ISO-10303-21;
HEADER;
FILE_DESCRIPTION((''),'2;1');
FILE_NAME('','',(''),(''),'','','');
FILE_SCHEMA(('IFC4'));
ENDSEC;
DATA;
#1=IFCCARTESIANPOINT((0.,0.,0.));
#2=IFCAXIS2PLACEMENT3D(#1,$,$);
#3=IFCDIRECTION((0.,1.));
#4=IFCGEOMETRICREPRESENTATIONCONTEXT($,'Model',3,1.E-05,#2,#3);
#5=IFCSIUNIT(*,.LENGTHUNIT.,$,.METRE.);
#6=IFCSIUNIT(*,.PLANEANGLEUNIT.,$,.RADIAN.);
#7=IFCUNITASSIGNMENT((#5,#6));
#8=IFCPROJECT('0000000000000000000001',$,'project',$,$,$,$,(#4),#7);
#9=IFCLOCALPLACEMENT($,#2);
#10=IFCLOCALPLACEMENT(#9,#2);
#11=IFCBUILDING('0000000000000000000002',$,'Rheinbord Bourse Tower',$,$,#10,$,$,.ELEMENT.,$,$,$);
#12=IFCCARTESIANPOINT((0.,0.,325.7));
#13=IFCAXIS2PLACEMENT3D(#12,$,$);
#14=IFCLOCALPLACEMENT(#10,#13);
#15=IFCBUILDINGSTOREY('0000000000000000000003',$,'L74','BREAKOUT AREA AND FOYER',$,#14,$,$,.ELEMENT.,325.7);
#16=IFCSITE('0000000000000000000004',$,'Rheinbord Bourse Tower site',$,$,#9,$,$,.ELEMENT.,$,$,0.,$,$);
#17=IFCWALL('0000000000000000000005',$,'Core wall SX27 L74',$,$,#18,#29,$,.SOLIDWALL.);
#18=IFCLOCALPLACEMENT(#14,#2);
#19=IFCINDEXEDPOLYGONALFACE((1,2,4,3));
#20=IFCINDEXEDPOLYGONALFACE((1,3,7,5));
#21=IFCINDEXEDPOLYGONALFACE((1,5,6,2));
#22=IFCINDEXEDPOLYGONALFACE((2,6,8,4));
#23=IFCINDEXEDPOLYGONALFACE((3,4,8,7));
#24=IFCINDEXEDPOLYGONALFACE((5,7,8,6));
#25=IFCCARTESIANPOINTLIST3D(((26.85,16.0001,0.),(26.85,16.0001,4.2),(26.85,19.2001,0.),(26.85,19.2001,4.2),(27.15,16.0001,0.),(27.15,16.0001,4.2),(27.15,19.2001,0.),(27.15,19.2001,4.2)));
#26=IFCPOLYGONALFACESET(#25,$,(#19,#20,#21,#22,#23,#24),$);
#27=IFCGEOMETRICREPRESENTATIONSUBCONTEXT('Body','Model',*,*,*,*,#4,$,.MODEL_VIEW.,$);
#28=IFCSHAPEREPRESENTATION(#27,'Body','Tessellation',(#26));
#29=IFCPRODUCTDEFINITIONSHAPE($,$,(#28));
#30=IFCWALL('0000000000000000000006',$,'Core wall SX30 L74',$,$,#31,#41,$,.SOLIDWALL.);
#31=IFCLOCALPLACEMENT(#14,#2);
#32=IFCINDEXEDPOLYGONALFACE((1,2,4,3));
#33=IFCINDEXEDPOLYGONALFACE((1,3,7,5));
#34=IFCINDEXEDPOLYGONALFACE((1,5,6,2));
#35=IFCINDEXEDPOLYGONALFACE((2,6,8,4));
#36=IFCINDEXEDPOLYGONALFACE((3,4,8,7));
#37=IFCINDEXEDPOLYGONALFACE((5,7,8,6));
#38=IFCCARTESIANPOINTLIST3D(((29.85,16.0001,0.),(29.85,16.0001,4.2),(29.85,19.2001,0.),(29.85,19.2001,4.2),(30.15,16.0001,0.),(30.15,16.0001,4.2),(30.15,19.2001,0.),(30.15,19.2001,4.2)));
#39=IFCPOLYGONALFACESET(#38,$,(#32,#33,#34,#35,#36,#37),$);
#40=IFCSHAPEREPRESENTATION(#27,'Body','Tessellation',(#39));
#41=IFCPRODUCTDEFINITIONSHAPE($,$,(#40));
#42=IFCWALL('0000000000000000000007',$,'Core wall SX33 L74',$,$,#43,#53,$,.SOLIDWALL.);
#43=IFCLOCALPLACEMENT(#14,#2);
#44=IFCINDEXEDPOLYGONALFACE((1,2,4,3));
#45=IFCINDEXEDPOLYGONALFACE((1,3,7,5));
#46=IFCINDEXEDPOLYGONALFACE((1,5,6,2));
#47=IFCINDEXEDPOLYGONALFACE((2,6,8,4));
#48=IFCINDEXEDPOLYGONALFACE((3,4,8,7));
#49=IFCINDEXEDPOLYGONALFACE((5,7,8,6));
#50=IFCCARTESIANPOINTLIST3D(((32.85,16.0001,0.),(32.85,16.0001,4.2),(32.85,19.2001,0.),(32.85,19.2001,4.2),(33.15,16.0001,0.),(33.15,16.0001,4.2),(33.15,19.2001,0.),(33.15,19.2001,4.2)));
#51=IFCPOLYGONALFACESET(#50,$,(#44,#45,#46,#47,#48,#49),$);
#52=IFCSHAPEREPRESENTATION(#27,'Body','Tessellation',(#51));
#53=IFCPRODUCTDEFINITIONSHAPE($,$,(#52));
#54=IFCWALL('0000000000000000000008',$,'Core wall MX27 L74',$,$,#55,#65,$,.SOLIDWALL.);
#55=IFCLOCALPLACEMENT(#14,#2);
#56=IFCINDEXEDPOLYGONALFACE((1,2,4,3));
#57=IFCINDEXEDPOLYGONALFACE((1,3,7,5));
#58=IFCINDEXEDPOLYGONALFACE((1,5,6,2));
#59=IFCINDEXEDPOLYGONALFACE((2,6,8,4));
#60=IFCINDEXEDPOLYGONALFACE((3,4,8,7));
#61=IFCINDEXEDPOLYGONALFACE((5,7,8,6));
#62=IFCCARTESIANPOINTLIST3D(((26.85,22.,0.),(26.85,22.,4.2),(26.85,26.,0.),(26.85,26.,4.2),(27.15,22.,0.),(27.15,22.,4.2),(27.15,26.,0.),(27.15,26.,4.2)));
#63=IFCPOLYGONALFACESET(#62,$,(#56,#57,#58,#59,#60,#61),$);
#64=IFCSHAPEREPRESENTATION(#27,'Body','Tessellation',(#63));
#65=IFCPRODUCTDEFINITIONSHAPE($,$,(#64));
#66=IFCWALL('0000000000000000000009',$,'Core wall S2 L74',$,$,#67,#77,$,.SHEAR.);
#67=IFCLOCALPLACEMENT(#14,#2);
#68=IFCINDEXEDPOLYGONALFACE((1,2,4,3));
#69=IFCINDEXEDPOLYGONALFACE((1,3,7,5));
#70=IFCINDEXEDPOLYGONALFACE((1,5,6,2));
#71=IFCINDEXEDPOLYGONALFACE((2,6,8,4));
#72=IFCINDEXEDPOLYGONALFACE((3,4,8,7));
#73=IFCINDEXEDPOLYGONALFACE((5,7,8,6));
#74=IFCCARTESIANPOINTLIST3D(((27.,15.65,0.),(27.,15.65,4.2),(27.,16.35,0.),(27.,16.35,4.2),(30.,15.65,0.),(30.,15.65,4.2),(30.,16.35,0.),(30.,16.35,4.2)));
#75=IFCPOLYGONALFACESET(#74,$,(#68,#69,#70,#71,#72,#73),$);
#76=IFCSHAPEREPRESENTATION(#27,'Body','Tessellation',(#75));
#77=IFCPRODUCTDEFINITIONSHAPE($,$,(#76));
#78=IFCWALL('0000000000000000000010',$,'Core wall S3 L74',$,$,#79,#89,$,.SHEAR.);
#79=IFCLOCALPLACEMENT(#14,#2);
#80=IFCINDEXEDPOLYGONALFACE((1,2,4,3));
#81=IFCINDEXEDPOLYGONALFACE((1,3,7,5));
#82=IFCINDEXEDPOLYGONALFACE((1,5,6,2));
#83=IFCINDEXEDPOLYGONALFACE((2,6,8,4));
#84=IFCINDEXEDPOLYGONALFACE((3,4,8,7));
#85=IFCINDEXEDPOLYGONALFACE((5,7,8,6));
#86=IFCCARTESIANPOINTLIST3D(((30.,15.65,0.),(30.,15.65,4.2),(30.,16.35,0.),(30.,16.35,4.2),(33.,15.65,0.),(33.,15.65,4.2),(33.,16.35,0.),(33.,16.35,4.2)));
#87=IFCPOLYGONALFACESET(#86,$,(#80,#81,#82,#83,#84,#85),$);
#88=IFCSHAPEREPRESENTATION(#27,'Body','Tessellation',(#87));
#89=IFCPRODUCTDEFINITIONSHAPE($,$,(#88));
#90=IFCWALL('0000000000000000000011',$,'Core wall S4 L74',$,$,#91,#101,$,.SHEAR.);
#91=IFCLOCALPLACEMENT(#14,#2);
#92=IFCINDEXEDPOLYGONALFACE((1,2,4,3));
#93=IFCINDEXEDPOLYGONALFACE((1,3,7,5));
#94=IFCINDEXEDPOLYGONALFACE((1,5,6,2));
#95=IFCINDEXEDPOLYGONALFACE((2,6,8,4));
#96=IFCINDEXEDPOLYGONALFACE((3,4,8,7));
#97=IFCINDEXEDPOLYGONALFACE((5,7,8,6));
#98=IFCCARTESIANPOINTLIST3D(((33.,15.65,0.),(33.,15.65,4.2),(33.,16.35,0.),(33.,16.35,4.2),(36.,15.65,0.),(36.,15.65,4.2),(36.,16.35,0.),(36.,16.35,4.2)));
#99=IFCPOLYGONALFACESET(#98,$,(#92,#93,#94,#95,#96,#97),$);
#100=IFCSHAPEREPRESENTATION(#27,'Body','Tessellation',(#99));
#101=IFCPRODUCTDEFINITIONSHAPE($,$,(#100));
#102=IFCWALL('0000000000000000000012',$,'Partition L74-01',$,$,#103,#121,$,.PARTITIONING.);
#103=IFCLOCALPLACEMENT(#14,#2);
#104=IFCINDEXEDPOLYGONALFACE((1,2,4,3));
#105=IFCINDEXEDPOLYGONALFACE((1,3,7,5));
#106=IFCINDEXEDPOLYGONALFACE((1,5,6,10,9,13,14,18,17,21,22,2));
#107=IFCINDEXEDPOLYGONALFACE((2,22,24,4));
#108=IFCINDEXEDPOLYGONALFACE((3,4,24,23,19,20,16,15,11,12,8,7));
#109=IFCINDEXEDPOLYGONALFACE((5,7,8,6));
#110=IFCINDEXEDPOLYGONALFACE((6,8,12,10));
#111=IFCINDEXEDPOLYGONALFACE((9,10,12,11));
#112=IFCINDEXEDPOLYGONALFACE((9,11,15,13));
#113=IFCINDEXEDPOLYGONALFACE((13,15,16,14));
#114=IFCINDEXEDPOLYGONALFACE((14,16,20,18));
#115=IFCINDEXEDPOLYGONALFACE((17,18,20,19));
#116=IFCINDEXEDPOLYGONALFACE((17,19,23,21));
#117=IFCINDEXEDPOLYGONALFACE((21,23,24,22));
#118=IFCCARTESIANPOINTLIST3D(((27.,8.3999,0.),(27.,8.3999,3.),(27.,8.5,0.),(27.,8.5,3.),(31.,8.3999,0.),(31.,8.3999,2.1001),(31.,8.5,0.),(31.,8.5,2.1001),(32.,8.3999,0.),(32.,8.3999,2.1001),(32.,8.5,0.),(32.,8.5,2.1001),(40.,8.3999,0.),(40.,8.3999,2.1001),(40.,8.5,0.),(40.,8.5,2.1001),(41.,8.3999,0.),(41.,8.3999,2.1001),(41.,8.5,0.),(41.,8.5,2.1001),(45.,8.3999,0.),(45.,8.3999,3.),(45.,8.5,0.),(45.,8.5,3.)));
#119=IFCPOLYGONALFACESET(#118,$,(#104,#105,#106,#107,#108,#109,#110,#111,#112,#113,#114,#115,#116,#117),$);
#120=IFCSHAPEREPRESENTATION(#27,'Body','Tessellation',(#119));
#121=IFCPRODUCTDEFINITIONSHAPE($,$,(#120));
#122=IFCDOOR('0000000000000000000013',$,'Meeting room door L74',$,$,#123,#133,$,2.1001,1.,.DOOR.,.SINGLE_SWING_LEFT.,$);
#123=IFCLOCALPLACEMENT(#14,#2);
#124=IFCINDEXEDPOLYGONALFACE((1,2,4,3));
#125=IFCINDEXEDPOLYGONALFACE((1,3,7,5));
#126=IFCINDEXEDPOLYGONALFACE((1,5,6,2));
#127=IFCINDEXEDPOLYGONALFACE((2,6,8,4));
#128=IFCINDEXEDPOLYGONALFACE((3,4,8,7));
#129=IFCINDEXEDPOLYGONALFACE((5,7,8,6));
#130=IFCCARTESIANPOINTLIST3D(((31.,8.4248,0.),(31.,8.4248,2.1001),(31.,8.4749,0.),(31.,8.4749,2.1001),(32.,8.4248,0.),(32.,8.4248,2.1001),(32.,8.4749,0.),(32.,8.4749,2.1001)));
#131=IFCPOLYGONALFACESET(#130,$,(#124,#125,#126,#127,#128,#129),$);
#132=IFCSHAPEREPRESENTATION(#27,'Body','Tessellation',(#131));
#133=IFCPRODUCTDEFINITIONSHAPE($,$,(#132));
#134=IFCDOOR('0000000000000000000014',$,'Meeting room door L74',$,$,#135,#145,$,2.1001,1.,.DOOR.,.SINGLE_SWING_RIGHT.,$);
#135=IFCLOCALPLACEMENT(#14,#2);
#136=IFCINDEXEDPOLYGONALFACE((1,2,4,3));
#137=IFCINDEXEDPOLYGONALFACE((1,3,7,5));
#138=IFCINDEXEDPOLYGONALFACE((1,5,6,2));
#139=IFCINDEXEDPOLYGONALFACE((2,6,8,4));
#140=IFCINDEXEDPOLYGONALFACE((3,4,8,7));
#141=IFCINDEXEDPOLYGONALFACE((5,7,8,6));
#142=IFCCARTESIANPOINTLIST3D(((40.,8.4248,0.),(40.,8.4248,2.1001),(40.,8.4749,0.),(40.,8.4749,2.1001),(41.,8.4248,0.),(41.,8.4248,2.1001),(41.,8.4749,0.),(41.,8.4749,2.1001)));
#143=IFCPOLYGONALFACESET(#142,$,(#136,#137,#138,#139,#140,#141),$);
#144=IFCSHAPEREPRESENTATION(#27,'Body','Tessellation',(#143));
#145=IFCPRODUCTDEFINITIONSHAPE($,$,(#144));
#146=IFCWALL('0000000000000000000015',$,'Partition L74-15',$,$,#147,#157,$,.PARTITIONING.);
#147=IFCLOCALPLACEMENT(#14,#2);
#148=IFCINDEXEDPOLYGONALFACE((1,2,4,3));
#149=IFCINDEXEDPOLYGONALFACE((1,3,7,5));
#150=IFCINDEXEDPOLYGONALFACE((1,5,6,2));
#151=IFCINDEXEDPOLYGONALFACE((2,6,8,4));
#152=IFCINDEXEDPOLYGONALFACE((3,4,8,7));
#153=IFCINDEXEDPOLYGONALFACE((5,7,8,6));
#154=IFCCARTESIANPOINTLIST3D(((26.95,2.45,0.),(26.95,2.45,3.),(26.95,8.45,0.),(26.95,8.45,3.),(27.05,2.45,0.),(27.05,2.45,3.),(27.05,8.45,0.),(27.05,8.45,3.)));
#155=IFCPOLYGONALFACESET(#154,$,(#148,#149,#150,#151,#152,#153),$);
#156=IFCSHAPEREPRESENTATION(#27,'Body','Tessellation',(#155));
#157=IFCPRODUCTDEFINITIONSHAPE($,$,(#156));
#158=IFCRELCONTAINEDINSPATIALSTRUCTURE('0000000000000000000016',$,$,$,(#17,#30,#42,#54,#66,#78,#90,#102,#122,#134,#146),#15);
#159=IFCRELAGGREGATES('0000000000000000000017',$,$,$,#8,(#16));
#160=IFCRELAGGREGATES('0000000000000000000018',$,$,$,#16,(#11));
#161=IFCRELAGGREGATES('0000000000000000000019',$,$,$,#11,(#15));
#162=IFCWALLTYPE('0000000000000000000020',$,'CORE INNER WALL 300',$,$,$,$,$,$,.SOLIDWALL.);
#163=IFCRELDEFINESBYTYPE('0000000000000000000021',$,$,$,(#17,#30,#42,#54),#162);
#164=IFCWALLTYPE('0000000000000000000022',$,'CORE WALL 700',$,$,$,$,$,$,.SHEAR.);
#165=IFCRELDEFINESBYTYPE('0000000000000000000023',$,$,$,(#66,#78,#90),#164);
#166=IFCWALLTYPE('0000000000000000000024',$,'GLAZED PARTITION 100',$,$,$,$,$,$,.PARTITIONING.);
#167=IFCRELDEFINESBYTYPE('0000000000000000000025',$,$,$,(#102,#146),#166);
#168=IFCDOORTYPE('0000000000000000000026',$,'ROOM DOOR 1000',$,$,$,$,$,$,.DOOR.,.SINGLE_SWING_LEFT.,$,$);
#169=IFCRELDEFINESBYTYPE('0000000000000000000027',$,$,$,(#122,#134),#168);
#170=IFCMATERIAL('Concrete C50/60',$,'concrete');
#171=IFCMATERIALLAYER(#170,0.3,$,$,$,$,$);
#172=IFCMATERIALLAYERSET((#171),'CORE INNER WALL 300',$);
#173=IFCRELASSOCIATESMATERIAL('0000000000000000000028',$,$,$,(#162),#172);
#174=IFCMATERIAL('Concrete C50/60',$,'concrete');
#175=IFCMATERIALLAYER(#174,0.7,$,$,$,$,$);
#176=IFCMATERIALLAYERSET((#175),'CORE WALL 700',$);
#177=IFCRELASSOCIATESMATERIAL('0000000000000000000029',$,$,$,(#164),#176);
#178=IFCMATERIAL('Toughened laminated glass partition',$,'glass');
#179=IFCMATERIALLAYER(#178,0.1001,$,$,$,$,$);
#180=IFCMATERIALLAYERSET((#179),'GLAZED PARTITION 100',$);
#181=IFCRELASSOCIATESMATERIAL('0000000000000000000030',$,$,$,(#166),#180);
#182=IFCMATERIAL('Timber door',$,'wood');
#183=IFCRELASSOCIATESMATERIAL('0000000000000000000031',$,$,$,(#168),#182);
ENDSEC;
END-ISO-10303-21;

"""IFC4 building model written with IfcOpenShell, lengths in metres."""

from ifc_helpers import new_model, si_unit, direction, frame, frame_2d, origin, place, context, subcontext, project, spatial, rectangle, extrude, material, layer, layer_set, type_object, element, fill, save


model = new_model("IFC4")

# Units and contexts
model_context = context("Model", 3, precision=1e-05, world=origin(), true_north=direction((0.0, 1.0)))
body_context = subcontext(model_context, "Body", "Model", "MODEL_VIEW")
ifc_project = project(units=[si_unit("LENGTHUNIT", "METRE"), si_unit("PLANEANGLEUNIT", "RADIAN")], contexts=[model_context])

# Site, building, storey
site_placement = place(None, origin())
site = spatial("IfcSite", under=ifc_project, at=site_placement, Name="Rheinbord Bourse Tower site", CompositionType="ELEMENT", RefElevation=0.0)
building_placement = place(site_placement, origin())
building = spatial("IfcBuilding", under=site, at=building_placement, Name="Rheinbord Bourse Tower", CompositionType="ELEMENT")
storey_placement = place(building_placement, frame((0.0, 0.0, 325.7)))
storey = spatial("IfcBuildingStorey", under=building, at=storey_placement, Name="L74", Description="BREAKOUT AREA AND FOYER", CompositionType="ELEMENT", Elevation=325.7)

# Shared definitions
ifc_material_1 = material(Name="Concrete C50/60", Category="concrete")
ifc_layer_1 = layer(ifc_material_1, 0.3)
ifc_layer_set_1 = layer_set([ifc_layer_1], Name="CORE INNER WALL 300")
wall_type_1 = type_object("IfcWallType", Name="CORE INNER WALL 300", PredefinedType="SOLIDWALL", material=ifc_layer_set_1)

# Walls
for number, where, z_axis, x_axis, name in (
    (1, (27.0, 16.0, 0.0), (0.0, 0.0, 1.0), (0.0, 1.0, 0.0), "Core wall SX27 L74"),
    (2, (30.0, 16.0, 0.0), (0.0, 0.0, 1.0), (0.0, 1.0, 0.0), "Core wall SX30 L74"),
    (3, (33.0, 16.0, 0.0), (0.0, 0.0, 1.0), (0.0, 1.0, 0.0), "Core wall SX33 L74"),
):
    element("IfcWall", number, at=place(storey_placement, frame(where, z_axis=z_axis, x_axis=x_axis)), inside=storey, type_object=wall_type_1, Name=name, PredefinedType="SOLIDWALL", context=body_context, shape_type="SweptSolid", body=[
        extrude(rectangle(XDim=3.2, YDim=0.3, at=frame_2d((1.6001, 0.0))), origin(), (0.0, 0.0, 1.0), 4.2),
    ])
wall_1_placement = place(storey_placement, frame((27.0, 22.0, 0.0), z_axis=(0.0, 0.0, 1.0), x_axis=(0.0, 1.0, 0.0)))
element("IfcWall", 4, at=wall_1_placement, inside=storey, type_object=wall_type_1, Name="Core wall MX27 L74", PredefinedType="SOLIDWALL", context=body_context, shape_type="SweptSolid", body=[
    extrude(rectangle(XDim=4.0, YDim=0.3, at=frame_2d((2.0, 0.0))), origin(), (0.0, 0.0, 1.0), 4.2),
])
ifc_material_2 = material(Name="Concrete C50/60", Category="concrete")
ifc_layer_2 = layer(ifc_material_2, 0.7)
ifc_layer_set_2 = layer_set([ifc_layer_2], Name="CORE WALL 700")
wall_type_2 = type_object("IfcWallType", Name="CORE WALL 700", PredefinedType="SHEAR", material=ifc_layer_set_2)
for number, where, z_axis, x_axis, name in (
    (5, (27.0, 16.0, 0.0), (0.0, 0.0, 1.0), (1.0, 0.0, 0.0), "Core wall S2 L74"),
    (6, (30.0, 16.0, 0.0), (0.0, 0.0, 1.0), (1.0, 0.0, 0.0), "Core wall S3 L74"),
    (7, (33.0, 16.0, 0.0), (0.0, 0.0, 1.0), (1.0, 0.0, 0.0), "Core wall S4 L74"),
):
    element("IfcWall", number, at=place(storey_placement, frame(where, z_axis=z_axis, x_axis=x_axis)), inside=storey, type_object=wall_type_2, Name=name, PredefinedType="SHEAR", context=body_context, shape_type="SweptSolid", body=[
        extrude(rectangle(XDim=3.0, YDim=0.7, at=frame_2d((1.5, 0.0))), origin(), (0.0, 0.0, 1.0), 4.2),
    ])

# Wall, openings, doors
ifc_material_3 = material(Name="Toughened laminated glass partition", Category="glass")
ifc_layer_3 = layer(ifc_material_3, 0.1001)
ifc_layer_set_3 = layer_set([ifc_layer_3], Name="GLAZED PARTITION 100")
wall_type_3 = type_object("IfcWallType", Name="GLAZED PARTITION 100", PredefinedType="PARTITIONING", material=ifc_layer_set_3)
wall_2_placement = place(storey_placement, frame((27.0, 8.45, 0.0), z_axis=(0.0, 0.0, 1.0), x_axis=(1.0, 0.0, 0.0)))
wall_2 = element("IfcWall", 8, at=wall_2_placement, inside=storey, type_object=wall_type_3, Name="Partition L74-01", PredefinedType="PARTITIONING", context=body_context, shape_type="SweptSolid", body=[
    extrude(rectangle(XDim=18.0, YDim=0.1001, at=frame_2d((9.0, 0.0))), origin(), (0.0, 0.0, 1.0), 3.0),
])
opening_1_placement = place(wall_2_placement, frame((4.0, 0.0, 0.0)))
opening_1 = element("IfcOpeningElement", 9, at=opening_1_placement, cuts=wall_2, PredefinedType="OPENING", context=body_context, shape_type="SweptSolid", body=[
    extrude(rectangle(XDim=1.0, YDim=2.1001, at=frame_2d((0.5, 1.05))), frame((0.0, 0.0601, 0.0), z_axis=(0.0, -1.0, 0.0), x_axis=(1.0, 0.0, 0.0)), (0.0, 0.0, 1.0), 0.1201),
])
opening_2_placement = place(wall_2_placement, frame((13.0, 0.0, 0.0)))
opening_2 = element("IfcOpeningElement", 10, at=opening_2_placement, cuts=wall_2, PredefinedType="OPENING", context=body_context, shape_type="SweptSolid", body=[
    extrude(rectangle(XDim=1.0, YDim=2.1001, at=frame_2d((0.5, 1.05))), frame((0.0, 0.0601, 0.0), z_axis=(0.0, -1.0, 0.0), x_axis=(1.0, 0.0, 0.0)), (0.0, 0.0, 1.0), 0.1201),
])
ifc_material_4 = material(Name="Timber door", Category="wood")
door_type_1 = type_object("IfcDoorType", Name="ROOM DOOR 1000", OperationType="SINGLE_SWING_LEFT", PredefinedType="DOOR", material=ifc_material_4)
door_1_placement = place(opening_1_placement, origin())
door_1 = element("IfcDoor", 11, at=door_1_placement, inside=storey, type_object=door_type_1, Name="Meeting room door L74", OperationType="SINGLE_SWING_LEFT", OverallHeight=2.1001, OverallWidth=1.0, PredefinedType="DOOR", context=body_context, shape_type="SweptSolid", body=[
    extrude(rectangle(XDim=1.0, YDim=2.1001, at=frame_2d((0.5, 1.05))), frame((0.0, 0.0249, 0.0), z_axis=(0.0, -1.0, 0.0), x_axis=(1.0, 0.0, 0.0)), (0.0, 0.0, 1.0), 0.05),
])
fill(opening_1, door_1)
door_2_placement = place(opening_2_placement, origin())
door_2 = element("IfcDoor", 12, at=door_2_placement, inside=storey, type_object=door_type_1, Name="Meeting room door L74", OperationType="SINGLE_SWING_RIGHT", OverallHeight=2.1001, OverallWidth=1.0, PredefinedType="DOOR", context=body_context, shape_type="SweptSolid", body=[
    extrude(rectangle(XDim=1.0, YDim=2.1001, at=frame_2d((0.5, 1.05))), frame((0.0, 0.0249, 0.0), z_axis=(0.0, -1.0, 0.0), x_axis=(1.0, 0.0, 0.0)), (0.0, 0.0, 1.0), 0.05),
])
fill(opening_2, door_2)

# Wall
wall_3_placement = place(storey_placement, frame((27.0, 2.45, 0.0), z_axis=(0.0, 0.0, 1.0), x_axis=(0.0, 1.0, 0.0)))
element("IfcWall", 13, at=wall_3_placement, inside=storey, type_object=wall_type_3, Name="Partition L74-15", PredefinedType="PARTITIONING", context=body_context, shape_type="SweptSolid", body=[
    extrude(rectangle(XDim=6.0, YDim=0.1001, at=frame_2d((3.0, 0.0))), origin(), (0.0, 0.0, 1.0), 3.0),
])

save(model, "model.ifc")
